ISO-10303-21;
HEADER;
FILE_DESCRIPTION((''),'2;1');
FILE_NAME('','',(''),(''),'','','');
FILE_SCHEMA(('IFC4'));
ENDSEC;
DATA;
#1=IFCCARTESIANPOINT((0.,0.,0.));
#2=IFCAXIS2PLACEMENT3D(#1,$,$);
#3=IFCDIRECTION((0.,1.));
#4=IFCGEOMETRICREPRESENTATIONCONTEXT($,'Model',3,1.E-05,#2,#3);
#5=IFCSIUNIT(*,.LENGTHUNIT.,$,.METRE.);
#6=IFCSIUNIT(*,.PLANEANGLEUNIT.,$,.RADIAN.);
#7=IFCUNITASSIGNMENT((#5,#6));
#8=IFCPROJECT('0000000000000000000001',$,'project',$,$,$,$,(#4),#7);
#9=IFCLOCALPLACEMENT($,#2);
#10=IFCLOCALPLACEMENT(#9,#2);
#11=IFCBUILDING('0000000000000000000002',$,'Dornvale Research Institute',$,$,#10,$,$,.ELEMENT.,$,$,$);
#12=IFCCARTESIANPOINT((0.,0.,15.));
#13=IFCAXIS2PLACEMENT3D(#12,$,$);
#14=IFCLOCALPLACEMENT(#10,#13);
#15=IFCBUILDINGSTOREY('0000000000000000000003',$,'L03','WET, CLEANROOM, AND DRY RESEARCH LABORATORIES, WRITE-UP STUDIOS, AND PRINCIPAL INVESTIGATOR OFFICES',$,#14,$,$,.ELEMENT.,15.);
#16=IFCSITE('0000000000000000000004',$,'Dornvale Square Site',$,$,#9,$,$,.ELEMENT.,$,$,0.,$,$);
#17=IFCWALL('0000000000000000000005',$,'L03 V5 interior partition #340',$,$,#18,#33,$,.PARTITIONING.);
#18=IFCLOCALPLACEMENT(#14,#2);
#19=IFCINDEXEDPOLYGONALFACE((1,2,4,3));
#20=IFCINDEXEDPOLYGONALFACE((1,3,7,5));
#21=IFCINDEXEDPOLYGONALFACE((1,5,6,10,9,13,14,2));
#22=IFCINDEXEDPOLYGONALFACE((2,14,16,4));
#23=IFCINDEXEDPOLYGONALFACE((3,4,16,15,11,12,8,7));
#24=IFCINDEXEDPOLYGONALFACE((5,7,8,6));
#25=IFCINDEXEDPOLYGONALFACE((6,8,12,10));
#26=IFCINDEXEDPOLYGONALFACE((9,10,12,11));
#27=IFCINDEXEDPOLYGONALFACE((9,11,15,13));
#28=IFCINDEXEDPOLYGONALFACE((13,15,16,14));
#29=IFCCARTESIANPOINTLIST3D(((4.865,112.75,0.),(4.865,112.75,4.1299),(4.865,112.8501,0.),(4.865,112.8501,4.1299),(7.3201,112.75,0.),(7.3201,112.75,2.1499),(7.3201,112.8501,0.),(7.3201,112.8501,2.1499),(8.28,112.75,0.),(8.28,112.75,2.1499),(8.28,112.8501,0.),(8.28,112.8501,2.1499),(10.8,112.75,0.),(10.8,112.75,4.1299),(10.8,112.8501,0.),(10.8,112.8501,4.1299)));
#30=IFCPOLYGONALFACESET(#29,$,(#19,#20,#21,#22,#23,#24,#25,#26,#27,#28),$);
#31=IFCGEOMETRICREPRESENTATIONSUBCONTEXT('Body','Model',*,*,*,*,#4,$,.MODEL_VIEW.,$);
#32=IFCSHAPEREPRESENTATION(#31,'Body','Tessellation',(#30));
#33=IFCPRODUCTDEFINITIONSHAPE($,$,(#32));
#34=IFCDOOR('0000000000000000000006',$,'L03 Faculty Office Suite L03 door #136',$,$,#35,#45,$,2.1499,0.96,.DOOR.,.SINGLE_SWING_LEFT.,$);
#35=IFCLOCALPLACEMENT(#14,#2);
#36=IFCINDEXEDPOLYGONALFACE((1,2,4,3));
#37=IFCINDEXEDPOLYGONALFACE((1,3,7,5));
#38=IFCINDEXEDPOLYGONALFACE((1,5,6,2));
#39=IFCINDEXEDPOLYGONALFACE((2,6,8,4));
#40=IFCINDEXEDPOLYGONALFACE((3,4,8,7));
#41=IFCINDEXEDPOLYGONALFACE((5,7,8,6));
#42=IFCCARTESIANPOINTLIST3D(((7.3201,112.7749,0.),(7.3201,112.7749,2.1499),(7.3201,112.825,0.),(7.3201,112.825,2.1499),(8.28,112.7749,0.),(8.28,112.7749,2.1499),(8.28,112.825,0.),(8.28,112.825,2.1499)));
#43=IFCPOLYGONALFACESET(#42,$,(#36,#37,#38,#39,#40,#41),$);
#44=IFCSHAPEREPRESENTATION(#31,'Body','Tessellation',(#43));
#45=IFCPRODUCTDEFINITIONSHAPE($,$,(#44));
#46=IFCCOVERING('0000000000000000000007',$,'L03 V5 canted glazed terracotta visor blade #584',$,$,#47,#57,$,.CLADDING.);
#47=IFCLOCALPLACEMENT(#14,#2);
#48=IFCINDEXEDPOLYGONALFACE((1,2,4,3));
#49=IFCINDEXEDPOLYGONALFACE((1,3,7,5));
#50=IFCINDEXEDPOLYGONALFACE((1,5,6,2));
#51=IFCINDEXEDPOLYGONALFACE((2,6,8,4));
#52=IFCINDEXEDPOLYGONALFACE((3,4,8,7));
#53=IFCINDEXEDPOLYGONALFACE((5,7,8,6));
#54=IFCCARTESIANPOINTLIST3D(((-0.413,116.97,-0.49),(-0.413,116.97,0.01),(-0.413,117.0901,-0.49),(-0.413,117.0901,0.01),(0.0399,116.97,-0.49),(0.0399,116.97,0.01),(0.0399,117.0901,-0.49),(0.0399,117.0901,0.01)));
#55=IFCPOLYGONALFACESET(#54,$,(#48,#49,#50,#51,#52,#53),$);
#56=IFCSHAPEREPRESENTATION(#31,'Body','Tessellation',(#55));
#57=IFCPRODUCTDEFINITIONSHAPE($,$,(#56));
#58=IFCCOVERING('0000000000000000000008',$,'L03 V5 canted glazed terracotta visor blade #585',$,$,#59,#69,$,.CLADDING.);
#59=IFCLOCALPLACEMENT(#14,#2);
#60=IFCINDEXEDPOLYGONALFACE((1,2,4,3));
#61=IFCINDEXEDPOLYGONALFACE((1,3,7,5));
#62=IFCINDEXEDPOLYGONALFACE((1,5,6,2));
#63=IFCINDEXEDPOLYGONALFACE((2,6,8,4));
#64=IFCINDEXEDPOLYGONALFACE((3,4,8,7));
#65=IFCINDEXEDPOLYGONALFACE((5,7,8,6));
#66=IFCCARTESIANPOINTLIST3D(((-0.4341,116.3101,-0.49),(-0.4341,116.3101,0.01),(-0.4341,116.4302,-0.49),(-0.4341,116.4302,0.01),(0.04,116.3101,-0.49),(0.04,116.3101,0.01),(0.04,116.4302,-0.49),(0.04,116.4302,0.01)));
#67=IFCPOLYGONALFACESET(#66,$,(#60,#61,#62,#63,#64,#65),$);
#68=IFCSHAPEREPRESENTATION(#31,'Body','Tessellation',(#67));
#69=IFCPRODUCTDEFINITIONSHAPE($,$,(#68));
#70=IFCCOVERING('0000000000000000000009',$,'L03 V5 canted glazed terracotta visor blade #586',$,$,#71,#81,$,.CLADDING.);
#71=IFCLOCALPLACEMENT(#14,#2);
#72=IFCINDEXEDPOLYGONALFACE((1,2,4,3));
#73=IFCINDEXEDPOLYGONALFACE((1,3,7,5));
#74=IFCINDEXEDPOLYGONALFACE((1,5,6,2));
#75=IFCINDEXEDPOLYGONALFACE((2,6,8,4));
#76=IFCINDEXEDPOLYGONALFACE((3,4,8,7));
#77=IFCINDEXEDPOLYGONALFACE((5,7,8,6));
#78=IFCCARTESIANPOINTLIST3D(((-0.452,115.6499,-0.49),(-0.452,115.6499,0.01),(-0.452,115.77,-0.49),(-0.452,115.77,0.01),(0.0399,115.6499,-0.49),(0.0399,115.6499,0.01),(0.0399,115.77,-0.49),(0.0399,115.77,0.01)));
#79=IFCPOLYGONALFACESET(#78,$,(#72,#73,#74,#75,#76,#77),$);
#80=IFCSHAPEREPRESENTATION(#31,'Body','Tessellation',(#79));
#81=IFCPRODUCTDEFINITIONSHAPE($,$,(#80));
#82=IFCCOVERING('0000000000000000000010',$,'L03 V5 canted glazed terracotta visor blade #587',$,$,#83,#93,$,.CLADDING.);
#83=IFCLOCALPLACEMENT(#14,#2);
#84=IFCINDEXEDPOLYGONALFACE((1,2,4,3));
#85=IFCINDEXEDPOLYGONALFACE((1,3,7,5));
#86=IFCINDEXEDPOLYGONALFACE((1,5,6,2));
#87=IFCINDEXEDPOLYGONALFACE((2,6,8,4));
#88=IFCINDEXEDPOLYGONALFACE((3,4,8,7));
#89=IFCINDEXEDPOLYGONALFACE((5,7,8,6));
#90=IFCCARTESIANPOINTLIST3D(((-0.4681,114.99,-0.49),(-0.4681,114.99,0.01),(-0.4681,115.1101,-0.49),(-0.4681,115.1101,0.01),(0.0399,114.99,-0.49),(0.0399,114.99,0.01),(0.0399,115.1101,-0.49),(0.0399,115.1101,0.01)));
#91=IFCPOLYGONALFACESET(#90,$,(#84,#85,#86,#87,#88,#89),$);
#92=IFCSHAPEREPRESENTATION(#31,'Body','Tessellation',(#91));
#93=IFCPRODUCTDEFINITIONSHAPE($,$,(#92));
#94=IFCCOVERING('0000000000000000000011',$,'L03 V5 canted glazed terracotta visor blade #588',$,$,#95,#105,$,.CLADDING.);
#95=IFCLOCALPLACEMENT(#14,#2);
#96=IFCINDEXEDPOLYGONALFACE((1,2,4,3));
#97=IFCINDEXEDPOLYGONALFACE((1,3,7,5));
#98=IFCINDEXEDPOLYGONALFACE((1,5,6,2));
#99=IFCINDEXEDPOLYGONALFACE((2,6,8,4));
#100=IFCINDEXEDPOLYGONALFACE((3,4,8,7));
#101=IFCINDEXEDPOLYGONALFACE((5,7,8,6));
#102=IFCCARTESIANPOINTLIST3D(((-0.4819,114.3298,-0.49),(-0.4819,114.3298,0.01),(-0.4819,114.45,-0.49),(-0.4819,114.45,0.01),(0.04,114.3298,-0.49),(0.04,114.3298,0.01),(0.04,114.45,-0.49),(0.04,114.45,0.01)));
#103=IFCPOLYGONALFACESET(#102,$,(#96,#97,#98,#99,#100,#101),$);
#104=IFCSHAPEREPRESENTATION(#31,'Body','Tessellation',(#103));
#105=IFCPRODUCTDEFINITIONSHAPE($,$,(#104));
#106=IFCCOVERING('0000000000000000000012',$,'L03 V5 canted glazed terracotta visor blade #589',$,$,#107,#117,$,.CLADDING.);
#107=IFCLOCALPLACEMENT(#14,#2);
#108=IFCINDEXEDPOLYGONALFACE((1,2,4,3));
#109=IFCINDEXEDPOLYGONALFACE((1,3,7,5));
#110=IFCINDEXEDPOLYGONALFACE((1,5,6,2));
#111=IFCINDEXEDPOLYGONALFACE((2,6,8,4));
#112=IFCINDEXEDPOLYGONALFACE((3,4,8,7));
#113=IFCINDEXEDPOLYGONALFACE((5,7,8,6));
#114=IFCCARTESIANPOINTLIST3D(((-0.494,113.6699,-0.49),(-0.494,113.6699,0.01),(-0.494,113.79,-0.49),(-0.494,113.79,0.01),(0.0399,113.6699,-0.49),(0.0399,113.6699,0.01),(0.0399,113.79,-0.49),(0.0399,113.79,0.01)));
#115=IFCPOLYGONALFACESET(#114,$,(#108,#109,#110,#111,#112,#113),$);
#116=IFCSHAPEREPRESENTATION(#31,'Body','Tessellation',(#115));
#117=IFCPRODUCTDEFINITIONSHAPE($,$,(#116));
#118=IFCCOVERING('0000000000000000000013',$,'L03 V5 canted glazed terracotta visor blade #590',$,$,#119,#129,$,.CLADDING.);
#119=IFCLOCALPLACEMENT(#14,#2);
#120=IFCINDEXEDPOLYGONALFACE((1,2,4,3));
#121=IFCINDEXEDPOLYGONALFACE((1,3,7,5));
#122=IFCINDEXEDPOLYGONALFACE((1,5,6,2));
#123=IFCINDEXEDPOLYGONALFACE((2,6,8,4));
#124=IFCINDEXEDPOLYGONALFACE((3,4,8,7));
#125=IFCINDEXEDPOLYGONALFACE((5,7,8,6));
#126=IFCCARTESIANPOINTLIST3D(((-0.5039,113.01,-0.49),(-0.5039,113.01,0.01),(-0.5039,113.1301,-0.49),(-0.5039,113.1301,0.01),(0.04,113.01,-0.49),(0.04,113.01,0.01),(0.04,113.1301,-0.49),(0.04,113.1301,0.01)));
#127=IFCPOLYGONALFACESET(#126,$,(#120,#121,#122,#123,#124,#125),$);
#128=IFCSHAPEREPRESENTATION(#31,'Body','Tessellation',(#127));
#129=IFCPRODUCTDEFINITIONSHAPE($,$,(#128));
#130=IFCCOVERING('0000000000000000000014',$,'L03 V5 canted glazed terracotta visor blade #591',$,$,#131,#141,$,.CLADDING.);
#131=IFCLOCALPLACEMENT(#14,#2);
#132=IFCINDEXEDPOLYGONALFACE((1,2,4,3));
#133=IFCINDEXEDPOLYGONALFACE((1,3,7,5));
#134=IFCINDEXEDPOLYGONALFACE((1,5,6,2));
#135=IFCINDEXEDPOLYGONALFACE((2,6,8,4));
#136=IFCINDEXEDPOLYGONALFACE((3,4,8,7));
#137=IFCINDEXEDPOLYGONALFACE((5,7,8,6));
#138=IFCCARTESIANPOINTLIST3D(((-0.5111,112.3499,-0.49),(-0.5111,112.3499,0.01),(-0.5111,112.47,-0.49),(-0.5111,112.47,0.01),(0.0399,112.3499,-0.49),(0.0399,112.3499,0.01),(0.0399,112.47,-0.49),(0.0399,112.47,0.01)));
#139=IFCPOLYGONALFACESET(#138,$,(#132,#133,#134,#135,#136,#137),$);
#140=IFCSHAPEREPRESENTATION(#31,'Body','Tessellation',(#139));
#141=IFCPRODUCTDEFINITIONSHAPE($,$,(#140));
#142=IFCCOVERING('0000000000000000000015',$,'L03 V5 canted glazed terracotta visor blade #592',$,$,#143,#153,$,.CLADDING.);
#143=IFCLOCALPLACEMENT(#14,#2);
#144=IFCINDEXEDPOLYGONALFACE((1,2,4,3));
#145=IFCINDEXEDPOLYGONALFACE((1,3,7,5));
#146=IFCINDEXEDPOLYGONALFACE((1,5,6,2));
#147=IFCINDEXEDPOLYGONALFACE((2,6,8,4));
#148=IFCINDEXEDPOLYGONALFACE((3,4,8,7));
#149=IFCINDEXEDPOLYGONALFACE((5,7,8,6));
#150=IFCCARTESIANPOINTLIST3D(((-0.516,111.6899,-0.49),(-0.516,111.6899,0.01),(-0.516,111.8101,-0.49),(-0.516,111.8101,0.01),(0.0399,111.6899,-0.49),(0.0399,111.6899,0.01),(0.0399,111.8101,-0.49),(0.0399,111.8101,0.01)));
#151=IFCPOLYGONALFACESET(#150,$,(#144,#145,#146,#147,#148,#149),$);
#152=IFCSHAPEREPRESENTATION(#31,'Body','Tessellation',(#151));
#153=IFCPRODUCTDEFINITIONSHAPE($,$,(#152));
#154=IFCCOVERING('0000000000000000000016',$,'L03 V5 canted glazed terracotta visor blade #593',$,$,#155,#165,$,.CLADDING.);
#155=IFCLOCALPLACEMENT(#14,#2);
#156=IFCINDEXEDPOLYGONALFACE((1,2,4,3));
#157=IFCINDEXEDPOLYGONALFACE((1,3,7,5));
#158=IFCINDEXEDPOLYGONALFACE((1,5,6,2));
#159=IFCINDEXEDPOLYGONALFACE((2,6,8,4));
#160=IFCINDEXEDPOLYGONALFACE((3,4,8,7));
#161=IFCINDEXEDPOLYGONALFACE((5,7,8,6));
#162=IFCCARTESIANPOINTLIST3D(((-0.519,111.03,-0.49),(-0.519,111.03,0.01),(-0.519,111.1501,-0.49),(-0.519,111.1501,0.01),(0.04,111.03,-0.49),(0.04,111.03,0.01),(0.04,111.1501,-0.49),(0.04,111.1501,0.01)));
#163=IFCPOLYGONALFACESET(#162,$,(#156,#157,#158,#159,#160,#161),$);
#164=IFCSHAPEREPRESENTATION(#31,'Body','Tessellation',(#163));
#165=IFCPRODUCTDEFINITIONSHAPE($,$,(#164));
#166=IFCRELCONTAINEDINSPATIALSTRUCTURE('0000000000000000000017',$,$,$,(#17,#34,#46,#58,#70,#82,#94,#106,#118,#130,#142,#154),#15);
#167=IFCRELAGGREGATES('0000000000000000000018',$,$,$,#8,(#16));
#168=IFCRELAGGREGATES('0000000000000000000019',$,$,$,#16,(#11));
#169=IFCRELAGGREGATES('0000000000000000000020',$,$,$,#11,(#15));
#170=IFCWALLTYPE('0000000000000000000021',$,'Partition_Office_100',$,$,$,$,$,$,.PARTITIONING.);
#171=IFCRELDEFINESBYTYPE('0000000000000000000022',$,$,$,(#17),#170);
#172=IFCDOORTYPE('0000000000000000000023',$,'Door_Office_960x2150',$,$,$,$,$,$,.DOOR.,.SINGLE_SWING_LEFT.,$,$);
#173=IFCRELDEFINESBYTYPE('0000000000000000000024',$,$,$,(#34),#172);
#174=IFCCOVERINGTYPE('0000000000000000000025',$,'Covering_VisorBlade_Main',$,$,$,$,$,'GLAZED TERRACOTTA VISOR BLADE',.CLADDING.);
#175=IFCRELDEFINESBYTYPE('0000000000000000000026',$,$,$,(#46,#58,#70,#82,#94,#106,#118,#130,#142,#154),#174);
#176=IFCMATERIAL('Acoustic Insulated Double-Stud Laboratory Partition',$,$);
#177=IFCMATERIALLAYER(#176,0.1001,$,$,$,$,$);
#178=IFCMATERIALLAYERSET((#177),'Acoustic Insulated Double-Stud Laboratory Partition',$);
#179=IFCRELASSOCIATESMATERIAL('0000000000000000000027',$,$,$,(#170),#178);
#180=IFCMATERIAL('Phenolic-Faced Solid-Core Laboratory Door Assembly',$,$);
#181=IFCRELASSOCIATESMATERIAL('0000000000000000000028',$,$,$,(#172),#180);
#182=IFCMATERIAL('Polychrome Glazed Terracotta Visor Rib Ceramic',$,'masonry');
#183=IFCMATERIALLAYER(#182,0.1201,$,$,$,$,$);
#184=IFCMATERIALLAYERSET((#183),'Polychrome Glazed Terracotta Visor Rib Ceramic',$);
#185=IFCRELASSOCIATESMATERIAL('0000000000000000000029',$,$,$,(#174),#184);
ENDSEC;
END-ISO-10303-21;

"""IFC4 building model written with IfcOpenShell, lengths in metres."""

from ifc_helpers import new_model, si_unit, direction, frame, frame_2d, origin, origin_2d, place, context, subcontext, project, spatial, rectangle, extrude, material, layer, layer_set, type_object, element, fill, save


model = new_model("IFC4")

# Units and contexts
model_context = context("Model", 3, precision=1e-05, world=origin(), true_north=direction((0.0, 1.0)))
body_context = subcontext(model_context, "Body", "Model", "MODEL_VIEW")
ifc_project = project(units=[si_unit("LENGTHUNIT", "METRE"), si_unit("PLANEANGLEUNIT", "RADIAN")], contexts=[model_context])

# Site, building, storey
site_placement = place(None, origin())
site = spatial("IfcSite", under=ifc_project, at=site_placement, Name="Dornvale Square Site", CompositionType="ELEMENT", RefElevation=0.0)
building_placement = place(site_placement, origin())
building = spatial("IfcBuilding", under=site, at=building_placement, Name="Dornvale Research Institute", CompositionType="ELEMENT")
storey_placement = place(building_placement, frame((0.0, 0.0, 15.0)))
storey = spatial("IfcBuildingStorey", under=building, at=storey_placement, Name="L03", Description="WET, CLEANROOM, AND DRY RESEARCH LABORATORIES, WRITE-UP STUDIOS, AND PRINCIPAL INVESTIGATOR OFFICES", CompositionType="ELEMENT", Elevation=15.0)

# Wall, opening, door
ifc_material_1 = material(Name="Acoustic Insulated Double-Stud Laboratory Partition")
ifc_layer_1 = layer(ifc_material_1, 0.1001)
ifc_layer_set_1 = layer_set([ifc_layer_1], Name="Acoustic Insulated Double-Stud Laboratory Partition")
wall_type_1 = type_object("IfcWallType", Name="Partition_Office_100", PredefinedType="PARTITIONING", material=ifc_layer_set_1)
wall_1_placement = place(storey_placement, frame((4.865, 112.8, 0.0), z_axis=(0.0, 0.0, 1.0), x_axis=(1.0, 0.0, 0.0)))
wall_1 = element("IfcWall", 1, at=wall_1_placement, inside=storey, type_object=wall_type_1, Name="L03 V5 interior partition #340", PredefinedType="PARTITIONING", context=body_context, shape_type="SweptSolid", body=[
    extrude(rectangle(XDim=5.9351, YDim=0.1001, at=frame_2d((2.9675, 0.0))), origin(), (0.0, 0.0, 1.0), 4.1299),
])
opening_1_placement = place(wall_1_placement, frame((2.4551, 0.0, 0.0)))
opening_1 = element("IfcOpeningElement", 2, at=opening_1_placement, cuts=wall_1, PredefinedType="OPENING", context=body_context, shape_type="SweptSolid", body=[
    extrude(rectangle(XDim=0.96, YDim=2.1499, at=frame_2d((0.48, 1.075))), frame((0.0, 0.0649, 0.0), z_axis=(0.0, -1.0, 0.0), x_axis=(1.0, 0.0, 0.0)), (0.0, 0.0, 1.0), 0.1301),
])
ifc_material_2 = material(Name="Phenolic-Faced Solid-Core Laboratory Door Assembly")
door_type_1 = type_object("IfcDoorType", Name="Door_Office_960x2150", OperationType="SINGLE_SWING_LEFT", PredefinedType="DOOR", material=ifc_material_2)
door_1_placement = place(opening_1_placement, origin())
door_1 = element("IfcDoor", 3, at=door_1_placement, inside=storey, type_object=door_type_1, Name="L03 Faculty Office Suite L03 door #136", OperationType="SINGLE_SWING_LEFT", OverallHeight=2.1499, OverallWidth=0.96, PredefinedType="DOOR", context=body_context, shape_type="SweptSolid", body=[
    extrude(rectangle(XDim=0.96, YDim=2.1499, at=frame_2d((0.48, 1.075))), frame((0.0, 0.0249, 0.0), z_axis=(0.0, -1.0, 0.0), x_axis=(1.0, 0.0, 0.0)), (0.0, 0.0, 1.0), 0.05),
])
fill(opening_1, door_1)

# Coverings
ifc_material_3 = material(Name="Polychrome Glazed Terracotta Visor Rib Ceramic", Category="masonry")
ifc_layer_2 = layer(ifc_material_3, 0.1201)
ifc_layer_set_2 = layer_set([ifc_layer_2], Name="Polychrome Glazed Terracotta Visor Rib Ceramic")
covering_type = type_object("IfcCoveringType", Name="Covering_VisorBlade_Main", ElementType="GLAZED TERRACOTTA VISOR BLADE", PredefinedType="CLADDING", material=ifc_layer_set_2)
covering_1_placement = place(storey_placement, frame((-0.1865, 117.03, -0.49), z_axis=(0.0, 0.0, 1.0), x_axis=(1.0, 0.0, 0.0)))
element("IfcCovering", 4, at=covering_1_placement, inside=storey, type_object=covering_type, Name="L03 V5 canted glazed terracotta visor blade #584", PredefinedType="CLADDING", context=body_context, shape_type="SweptSolid", body=[
    extrude(rectangle(XDim=0.4529, YDim=0.1201, at=origin_2d()), origin(), (0.0, 0.0, 1.0), 0.5),
])
covering_2_placement = place(storey_placement, frame((-0.197, 116.3701, -0.49), z_axis=(0.0, 0.0, 1.0), x_axis=(1.0, 0.0, 0.0)))
element("IfcCovering", 5, at=covering_2_placement, inside=storey, type_object=covering_type, Name="L03 V5 canted glazed terracotta visor blade #585", PredefinedType="CLADDING", context=body_context, shape_type="SweptSolid", body=[
    extrude(rectangle(XDim=0.4741, YDim=0.1201, at=origin_2d()), origin(), (0.0, 0.0, 1.0), 0.5),
])
covering_3_placement = place(storey_placement, frame((-0.2061, 115.71, -0.49), z_axis=(0.0, 0.0, 1.0), x_axis=(1.0, 0.0, 0.0)))
element("IfcCovering", 6, at=covering_3_placement, inside=storey, type_object=covering_type, Name="L03 V5 canted glazed terracotta visor blade #586", PredefinedType="CLADDING", context=body_context, shape_type="SweptSolid", body=[
    extrude(rectangle(XDim=0.4919, YDim=0.1201, at=origin_2d()), origin(), (0.0, 0.0, 1.0), 0.5),
])
covering_4_placement = place(storey_placement, frame((-0.2141, 115.05, -0.49), z_axis=(0.0, 0.0, 1.0), x_axis=(1.0, 0.0, 0.0)))
element("IfcCovering", 7, at=covering_4_placement, inside=storey, type_object=covering_type, Name="L03 V5 canted glazed terracotta visor blade #587", PredefinedType="CLADDING", context=body_context, shape_type="SweptSolid", body=[
    extrude(rectangle(XDim=0.5081, YDim=0.1201, at=origin_2d()), origin(), (0.0, 0.0, 1.0), 0.5),
])
covering_5_placement = place(storey_placement, frame((-0.2209, 114.3899, -0.49), z_axis=(0.0, 0.0, 1.0), x_axis=(1.0, 0.0, 0.0)))
element("IfcCovering", 8, at=covering_5_placement, inside=storey, type_object=covering_type, Name="L03 V5 canted glazed terracotta visor blade #588", PredefinedType="CLADDING", context=body_context, shape_type="SweptSolid", body=[
    extrude(rectangle(XDim=0.522, YDim=0.1201, at=origin_2d()), origin(), (0.0, 0.0, 1.0), 0.5),
])
covering_6_placement = place(storey_placement, frame((-0.2271, 113.73, -0.49), z_axis=(0.0, 0.0, 1.0), x_axis=(1.0, 0.0, 0.0)))
element("IfcCovering", 9, at=covering_6_placement, inside=storey, type_object=covering_type, Name="L03 V5 canted glazed terracotta visor blade #589", PredefinedType="CLADDING", context=body_context, shape_type="SweptSolid", body=[
    extrude(rectangle(XDim=0.5339, YDim=0.1201, at=origin_2d()), origin(), (0.0, 0.0, 1.0), 0.5),
])
covering_7_placement = place(storey_placement, frame((-0.2319, 113.0701, -0.49), z_axis=(0.0, 0.0, 1.0), x_axis=(1.0, 0.0, 0.0)))
element("IfcCovering", 10, at=covering_7_placement, inside=storey, type_object=covering_type, Name="L03 V5 canted glazed terracotta visor blade #590", PredefinedType="CLADDING", context=body_context, shape_type="SweptSolid", body=[
    extrude(rectangle(XDim=0.5439, YDim=0.1201, at=origin_2d()), origin(), (0.0, 0.0, 1.0), 0.5),
])
covering_8_placement = place(storey_placement, frame((-0.2356, 112.4099, -0.49), z_axis=(0.0, 0.0, 1.0), x_axis=(1.0, 0.0, 0.0)))
element("IfcCovering", 11, at=covering_8_placement, inside=storey, type_object=covering_type, Name="L03 V5 canted glazed terracotta visor blade #591", PredefinedType="CLADDING", context=body_context, shape_type="SweptSolid", body=[
    extrude(rectangle(XDim=0.551, YDim=0.1201, at=origin_2d()), origin(), (0.0, 0.0, 1.0), 0.5),
])
covering_9_placement = place(storey_placement, frame((-0.238, 111.75, -0.49), z_axis=(0.0, 0.0, 1.0), x_axis=(1.0, 0.0, 0.0)))
element("IfcCovering", 12, at=covering_9_placement, inside=storey, type_object=covering_type, Name="L03 V5 canted glazed terracotta visor blade #592", PredefinedType="CLADDING", context=body_context, shape_type="SweptSolid", body=[
    extrude(rectangle(XDim=0.5559, YDim=0.1201, at=origin_2d()), origin(), (0.0, 0.0, 1.0), 0.5),
])
covering_10_placement = place(storey_placement, frame((-0.2395, 111.0901, -0.49), z_axis=(0.0, 0.0, 1.0), x_axis=(1.0, 0.0, 0.0)))
element("IfcCovering", 13, at=covering_10_placement, inside=storey, type_object=covering_type, Name="L03 V5 canted glazed terracotta visor blade #593", PredefinedType="CLADDING", context=body_context, shape_type="SweptSolid", body=[
    extrude(rectangle(XDim=0.5591, YDim=0.1201, at=origin_2d()), origin(), (0.0, 0.0, 1.0), 0.5),
])

save(model, "model.ifc")
